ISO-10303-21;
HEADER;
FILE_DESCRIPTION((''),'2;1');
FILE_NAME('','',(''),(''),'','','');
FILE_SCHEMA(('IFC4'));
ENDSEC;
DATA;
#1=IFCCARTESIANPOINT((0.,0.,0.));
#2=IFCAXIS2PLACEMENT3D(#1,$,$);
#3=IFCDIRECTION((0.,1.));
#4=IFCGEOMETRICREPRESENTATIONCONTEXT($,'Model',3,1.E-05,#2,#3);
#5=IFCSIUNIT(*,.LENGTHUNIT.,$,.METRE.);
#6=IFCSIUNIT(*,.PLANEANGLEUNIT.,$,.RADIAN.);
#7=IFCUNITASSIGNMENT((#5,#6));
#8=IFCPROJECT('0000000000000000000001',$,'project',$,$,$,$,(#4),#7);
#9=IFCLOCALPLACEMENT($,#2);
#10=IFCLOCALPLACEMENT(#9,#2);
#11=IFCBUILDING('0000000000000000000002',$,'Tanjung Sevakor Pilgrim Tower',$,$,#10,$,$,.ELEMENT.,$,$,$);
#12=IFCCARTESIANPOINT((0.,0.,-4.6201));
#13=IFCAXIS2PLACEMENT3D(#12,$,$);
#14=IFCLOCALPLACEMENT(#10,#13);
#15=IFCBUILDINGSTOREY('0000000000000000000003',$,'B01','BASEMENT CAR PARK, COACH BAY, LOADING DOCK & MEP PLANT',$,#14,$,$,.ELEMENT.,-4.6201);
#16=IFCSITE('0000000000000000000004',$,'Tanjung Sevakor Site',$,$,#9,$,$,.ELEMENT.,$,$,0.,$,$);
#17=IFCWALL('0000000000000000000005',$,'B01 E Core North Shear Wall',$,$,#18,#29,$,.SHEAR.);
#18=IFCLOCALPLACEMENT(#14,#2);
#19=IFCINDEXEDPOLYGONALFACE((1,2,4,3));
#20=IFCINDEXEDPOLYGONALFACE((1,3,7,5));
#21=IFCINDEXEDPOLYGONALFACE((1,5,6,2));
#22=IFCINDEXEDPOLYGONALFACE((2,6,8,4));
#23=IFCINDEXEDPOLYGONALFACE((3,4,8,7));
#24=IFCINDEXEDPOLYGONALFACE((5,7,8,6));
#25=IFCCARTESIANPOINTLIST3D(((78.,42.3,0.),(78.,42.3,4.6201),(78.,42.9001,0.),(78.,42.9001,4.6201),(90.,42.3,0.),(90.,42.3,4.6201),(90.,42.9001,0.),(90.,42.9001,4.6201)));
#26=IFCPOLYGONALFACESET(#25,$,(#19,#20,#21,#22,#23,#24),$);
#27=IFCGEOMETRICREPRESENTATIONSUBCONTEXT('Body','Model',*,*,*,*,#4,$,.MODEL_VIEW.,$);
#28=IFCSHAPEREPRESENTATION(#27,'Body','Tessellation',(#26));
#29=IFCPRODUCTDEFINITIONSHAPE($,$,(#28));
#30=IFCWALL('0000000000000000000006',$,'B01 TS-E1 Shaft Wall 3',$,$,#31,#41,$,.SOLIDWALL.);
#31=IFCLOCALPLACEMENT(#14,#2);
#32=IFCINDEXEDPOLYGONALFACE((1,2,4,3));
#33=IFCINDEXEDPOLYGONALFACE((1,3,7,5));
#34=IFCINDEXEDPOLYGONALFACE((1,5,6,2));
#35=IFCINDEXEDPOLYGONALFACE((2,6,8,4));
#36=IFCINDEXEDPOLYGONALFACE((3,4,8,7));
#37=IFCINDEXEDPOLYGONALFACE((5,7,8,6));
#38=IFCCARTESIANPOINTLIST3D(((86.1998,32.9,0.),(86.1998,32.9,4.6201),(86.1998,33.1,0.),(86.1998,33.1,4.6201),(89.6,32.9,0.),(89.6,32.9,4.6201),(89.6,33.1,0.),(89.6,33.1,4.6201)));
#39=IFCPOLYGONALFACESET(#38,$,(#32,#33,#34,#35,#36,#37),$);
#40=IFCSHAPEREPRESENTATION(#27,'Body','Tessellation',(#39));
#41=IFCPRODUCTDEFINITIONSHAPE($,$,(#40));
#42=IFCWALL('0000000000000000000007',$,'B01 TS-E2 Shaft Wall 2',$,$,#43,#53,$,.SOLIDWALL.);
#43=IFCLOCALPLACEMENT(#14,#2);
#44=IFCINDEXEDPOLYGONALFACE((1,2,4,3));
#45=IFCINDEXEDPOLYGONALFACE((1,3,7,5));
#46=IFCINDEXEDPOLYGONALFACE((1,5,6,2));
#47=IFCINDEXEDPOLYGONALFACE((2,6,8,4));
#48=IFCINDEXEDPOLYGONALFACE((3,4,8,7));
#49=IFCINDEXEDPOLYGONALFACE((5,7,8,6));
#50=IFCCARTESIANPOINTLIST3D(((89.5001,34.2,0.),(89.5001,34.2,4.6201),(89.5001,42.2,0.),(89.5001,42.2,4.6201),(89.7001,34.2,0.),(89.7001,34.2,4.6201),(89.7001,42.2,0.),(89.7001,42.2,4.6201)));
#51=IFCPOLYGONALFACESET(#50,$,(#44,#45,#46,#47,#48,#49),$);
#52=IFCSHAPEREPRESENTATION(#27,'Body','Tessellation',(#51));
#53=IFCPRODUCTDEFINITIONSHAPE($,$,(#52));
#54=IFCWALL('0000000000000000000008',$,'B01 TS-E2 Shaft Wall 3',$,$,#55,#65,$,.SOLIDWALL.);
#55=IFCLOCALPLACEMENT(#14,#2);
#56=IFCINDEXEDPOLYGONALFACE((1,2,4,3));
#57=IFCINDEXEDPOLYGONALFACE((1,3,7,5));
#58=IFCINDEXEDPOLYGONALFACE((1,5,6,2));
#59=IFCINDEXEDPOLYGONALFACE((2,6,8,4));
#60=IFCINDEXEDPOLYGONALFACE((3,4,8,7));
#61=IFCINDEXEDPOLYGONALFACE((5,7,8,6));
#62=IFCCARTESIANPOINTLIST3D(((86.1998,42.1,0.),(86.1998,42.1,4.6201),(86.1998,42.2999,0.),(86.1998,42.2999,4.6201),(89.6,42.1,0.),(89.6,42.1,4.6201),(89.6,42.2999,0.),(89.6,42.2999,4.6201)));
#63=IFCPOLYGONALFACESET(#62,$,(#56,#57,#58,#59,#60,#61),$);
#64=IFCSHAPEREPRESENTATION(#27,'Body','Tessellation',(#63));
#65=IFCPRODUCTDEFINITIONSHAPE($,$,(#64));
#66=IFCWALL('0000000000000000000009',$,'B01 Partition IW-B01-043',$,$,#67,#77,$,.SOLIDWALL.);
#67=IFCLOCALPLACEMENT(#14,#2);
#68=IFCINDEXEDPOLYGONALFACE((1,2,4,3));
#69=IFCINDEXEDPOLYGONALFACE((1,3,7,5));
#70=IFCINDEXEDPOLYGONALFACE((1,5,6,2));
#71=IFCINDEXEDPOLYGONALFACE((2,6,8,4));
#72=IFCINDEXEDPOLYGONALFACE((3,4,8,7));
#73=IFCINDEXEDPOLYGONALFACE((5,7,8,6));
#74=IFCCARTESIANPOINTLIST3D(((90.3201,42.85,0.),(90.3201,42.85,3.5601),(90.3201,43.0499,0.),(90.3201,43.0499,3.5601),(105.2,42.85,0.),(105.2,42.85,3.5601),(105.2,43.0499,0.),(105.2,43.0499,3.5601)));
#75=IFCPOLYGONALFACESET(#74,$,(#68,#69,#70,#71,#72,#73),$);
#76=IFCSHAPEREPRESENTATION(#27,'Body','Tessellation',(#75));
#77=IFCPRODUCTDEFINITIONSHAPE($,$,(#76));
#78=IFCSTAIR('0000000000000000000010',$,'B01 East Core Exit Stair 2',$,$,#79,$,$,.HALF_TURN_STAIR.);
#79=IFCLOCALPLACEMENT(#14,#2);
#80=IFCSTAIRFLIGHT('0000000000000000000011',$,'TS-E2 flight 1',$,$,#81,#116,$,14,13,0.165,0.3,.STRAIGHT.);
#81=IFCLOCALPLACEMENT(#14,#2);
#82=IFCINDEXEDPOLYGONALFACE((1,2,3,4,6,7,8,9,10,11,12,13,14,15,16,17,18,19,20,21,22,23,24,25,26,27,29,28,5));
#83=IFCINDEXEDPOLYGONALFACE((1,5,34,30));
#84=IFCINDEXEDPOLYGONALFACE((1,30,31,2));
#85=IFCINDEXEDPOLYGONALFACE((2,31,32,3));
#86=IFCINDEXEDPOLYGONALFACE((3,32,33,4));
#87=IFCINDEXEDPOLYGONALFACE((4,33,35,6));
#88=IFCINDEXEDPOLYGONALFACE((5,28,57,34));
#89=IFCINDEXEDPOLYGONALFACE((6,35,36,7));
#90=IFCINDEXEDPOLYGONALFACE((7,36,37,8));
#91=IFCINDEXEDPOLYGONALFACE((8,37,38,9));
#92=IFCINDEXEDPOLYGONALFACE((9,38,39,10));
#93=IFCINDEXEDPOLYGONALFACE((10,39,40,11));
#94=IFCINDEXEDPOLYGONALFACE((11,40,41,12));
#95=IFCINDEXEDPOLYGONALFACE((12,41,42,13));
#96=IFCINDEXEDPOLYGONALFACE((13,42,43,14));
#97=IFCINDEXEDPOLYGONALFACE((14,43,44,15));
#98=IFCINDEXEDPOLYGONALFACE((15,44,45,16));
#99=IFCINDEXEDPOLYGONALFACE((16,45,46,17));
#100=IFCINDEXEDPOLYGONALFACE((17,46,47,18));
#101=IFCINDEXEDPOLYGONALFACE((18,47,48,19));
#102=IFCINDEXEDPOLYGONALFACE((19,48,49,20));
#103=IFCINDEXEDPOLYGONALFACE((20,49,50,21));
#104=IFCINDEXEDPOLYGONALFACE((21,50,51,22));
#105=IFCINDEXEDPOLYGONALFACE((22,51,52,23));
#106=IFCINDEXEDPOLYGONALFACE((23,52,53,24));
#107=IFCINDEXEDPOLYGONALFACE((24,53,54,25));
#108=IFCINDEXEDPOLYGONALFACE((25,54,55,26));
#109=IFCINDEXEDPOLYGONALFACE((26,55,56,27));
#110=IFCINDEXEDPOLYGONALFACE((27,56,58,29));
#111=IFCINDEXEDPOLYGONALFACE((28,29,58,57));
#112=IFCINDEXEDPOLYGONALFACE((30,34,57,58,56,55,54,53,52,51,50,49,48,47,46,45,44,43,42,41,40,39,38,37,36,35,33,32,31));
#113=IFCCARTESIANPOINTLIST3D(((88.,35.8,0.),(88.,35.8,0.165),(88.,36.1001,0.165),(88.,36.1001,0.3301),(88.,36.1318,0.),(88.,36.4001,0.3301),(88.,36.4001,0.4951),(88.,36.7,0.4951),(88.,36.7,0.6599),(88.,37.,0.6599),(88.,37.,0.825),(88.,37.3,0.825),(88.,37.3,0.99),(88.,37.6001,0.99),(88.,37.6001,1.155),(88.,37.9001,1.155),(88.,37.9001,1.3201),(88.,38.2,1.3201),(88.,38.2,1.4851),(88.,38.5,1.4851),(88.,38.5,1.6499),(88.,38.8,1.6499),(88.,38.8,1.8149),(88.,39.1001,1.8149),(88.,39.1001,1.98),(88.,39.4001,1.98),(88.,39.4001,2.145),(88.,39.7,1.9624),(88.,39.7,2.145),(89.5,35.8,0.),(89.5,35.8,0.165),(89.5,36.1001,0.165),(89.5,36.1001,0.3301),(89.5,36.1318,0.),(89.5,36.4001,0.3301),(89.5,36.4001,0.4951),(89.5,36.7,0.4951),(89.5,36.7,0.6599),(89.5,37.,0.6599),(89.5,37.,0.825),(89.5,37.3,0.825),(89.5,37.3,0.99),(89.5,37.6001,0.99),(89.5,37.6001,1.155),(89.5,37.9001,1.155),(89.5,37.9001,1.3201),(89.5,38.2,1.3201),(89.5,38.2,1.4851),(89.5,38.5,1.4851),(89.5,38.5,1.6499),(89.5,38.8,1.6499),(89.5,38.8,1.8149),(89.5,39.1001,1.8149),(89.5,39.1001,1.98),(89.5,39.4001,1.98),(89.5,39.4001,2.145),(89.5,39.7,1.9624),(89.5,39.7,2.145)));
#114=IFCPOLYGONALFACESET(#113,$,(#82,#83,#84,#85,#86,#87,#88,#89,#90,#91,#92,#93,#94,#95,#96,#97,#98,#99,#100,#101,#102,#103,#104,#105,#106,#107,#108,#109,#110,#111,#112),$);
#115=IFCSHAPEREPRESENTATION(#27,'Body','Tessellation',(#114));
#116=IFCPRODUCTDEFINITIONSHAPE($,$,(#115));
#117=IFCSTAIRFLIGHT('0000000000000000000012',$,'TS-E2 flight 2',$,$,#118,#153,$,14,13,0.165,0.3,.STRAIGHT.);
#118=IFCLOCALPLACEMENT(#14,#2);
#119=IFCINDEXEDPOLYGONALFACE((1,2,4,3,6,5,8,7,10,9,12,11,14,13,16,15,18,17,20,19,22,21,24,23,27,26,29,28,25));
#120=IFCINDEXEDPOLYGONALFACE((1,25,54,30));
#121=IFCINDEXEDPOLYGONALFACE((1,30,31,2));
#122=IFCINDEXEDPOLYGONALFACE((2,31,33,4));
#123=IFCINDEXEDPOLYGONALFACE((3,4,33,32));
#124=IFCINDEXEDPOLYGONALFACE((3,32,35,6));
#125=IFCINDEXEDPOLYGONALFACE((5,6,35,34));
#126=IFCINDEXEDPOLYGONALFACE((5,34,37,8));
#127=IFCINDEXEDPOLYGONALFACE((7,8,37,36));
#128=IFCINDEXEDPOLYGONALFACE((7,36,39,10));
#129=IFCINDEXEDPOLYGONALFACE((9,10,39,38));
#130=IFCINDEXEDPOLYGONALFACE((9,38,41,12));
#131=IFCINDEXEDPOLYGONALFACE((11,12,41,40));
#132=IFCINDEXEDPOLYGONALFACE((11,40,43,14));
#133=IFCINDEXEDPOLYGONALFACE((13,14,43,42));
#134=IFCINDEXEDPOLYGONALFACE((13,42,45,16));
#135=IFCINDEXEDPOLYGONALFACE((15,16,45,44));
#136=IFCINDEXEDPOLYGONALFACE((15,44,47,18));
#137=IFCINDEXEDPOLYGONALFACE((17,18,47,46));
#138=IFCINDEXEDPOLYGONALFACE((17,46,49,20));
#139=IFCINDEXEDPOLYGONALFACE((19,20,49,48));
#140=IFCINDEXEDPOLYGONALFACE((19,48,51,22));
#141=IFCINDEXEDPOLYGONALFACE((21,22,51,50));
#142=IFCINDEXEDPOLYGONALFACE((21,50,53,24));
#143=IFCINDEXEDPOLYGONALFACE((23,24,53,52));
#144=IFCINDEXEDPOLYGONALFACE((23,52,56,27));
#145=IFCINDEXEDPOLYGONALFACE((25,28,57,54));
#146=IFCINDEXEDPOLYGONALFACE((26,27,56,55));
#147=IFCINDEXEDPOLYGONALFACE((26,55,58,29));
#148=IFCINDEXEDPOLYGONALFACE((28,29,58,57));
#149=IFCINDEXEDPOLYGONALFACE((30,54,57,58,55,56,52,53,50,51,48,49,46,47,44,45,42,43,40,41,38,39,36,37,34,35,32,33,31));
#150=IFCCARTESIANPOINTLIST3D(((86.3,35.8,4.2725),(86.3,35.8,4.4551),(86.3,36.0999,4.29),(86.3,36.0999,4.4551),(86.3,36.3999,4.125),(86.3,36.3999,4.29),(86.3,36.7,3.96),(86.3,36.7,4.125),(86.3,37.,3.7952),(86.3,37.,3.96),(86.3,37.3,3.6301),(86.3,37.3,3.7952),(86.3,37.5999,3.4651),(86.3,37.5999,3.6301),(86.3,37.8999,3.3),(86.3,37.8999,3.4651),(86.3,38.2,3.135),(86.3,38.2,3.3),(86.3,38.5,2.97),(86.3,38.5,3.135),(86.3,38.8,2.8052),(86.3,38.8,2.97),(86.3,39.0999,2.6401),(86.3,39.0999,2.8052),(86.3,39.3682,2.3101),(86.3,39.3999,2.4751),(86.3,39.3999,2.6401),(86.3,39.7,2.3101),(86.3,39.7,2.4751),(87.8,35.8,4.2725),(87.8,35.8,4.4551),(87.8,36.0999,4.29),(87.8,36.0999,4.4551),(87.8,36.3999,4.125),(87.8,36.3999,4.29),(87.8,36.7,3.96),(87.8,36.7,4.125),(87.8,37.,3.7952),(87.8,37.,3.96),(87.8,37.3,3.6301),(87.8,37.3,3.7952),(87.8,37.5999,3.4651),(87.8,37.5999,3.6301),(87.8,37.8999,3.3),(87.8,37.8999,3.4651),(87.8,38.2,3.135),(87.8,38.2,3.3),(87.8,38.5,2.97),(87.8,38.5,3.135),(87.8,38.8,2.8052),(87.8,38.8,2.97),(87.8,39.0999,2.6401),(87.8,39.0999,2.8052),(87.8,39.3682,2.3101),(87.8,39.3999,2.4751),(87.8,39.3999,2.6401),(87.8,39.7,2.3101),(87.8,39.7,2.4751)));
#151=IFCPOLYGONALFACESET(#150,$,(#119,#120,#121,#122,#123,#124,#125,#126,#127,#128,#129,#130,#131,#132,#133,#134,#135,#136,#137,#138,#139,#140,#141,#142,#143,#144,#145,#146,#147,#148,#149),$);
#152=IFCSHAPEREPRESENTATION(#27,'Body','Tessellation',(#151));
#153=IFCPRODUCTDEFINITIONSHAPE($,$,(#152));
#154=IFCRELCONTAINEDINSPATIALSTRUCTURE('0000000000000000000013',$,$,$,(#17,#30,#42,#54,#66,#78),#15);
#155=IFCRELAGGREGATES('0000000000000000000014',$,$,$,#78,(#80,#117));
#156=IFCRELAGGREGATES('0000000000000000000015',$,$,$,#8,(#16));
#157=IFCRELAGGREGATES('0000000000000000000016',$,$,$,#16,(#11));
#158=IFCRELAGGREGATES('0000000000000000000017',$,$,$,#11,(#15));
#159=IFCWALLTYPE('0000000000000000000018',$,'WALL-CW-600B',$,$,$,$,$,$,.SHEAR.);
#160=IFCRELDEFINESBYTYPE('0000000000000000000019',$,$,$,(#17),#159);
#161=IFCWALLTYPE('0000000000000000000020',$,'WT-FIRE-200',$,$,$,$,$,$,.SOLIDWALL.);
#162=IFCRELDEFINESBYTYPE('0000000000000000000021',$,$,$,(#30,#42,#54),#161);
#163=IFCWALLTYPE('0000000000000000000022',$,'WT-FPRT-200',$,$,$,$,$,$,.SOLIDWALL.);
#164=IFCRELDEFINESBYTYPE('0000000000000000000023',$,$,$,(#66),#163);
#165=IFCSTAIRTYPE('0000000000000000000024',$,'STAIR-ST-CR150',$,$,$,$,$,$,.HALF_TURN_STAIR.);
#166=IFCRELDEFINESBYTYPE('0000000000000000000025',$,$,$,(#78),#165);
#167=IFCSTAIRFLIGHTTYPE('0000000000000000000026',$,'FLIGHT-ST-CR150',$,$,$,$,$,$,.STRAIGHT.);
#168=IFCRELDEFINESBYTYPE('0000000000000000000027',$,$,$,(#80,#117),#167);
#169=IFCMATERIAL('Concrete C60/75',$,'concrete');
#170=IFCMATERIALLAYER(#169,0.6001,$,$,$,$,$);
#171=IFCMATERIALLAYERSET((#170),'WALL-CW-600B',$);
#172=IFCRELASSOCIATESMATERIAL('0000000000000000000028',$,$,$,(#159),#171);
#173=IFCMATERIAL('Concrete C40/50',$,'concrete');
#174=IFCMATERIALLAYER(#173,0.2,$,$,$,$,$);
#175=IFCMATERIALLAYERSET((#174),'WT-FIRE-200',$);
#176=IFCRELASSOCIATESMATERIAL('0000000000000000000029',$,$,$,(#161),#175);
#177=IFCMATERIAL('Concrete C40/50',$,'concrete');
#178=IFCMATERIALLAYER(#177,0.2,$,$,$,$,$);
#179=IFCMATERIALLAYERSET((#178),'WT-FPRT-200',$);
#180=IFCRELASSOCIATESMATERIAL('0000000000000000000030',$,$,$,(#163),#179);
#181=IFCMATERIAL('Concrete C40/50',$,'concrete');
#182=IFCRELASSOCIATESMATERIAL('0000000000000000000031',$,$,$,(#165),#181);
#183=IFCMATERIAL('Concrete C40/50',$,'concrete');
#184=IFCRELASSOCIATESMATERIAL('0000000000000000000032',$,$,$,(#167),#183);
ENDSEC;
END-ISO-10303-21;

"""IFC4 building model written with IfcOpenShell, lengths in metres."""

from ifc_helpers import new_model, si_unit, direction, frame, frame_2d, origin, place, context, subcontext, project, spatial, polyline, rectangle, outline, extrude, material, layer, layer_set, type_object, element, aggregate, save


model = new_model("IFC4")

# Units and contexts
model_context = context("Model", 3, precision=1e-05, world=origin(), true_north=direction((0.0, 1.0)))
body_context = subcontext(model_context, "Body", "Model", "MODEL_VIEW")
ifc_project = project(units=[si_unit("LENGTHUNIT", "METRE"), si_unit("PLANEANGLEUNIT", "RADIAN")], contexts=[model_context])

# Site, building, storey
site_placement = place(None, origin())
site = spatial("IfcSite", under=ifc_project, at=site_placement, Name="Tanjung Sevakor Site", CompositionType="ELEMENT", RefElevation=0.0)
building_placement = place(site_placement, origin())
building = spatial("IfcBuilding", under=site, at=building_placement, Name="Tanjung Sevakor Pilgrim Tower", CompositionType="ELEMENT")
storey_placement = place(building_placement, frame((0.0, 0.0, -4.6201)))
storey = spatial("IfcBuildingStorey", under=building, at=storey_placement, Name="B01", Description="BASEMENT CAR PARK, COACH BAY, LOADING DOCK & MEP PLANT", CompositionType="ELEMENT", Elevation=-4.6201)

# Walls
ifc_material_1 = material(Name="Concrete C60/75", Category="concrete")
ifc_layer_1 = layer(ifc_material_1, 0.6001)
ifc_layer_set_1 = layer_set([ifc_layer_1], Name="WALL-CW-600B")
wall_type_1 = type_object("IfcWallType", Name="WALL-CW-600B", PredefinedType="SHEAR", material=ifc_layer_set_1)
wall_1_placement = place(storey_placement, frame((90.0, 42.6001, 0.0), z_axis=(0.0, 0.0, 1.0), x_axis=(-1.0, 0.0, 0.0)))
element("IfcWall", 1, at=wall_1_placement, inside=storey, type_object=wall_type_1, Name="B01 E Core North Shear Wall", PredefinedType="SHEAR", context=body_context, shape_type="SweptSolid", body=[
    extrude(rectangle(XDim=12.0, YDim=0.6001, at=frame_2d((6.0, 0.0))), origin(), (0.0, 0.0, 1.0), 4.6201),
])
ifc_material_2 = material(Name="Concrete C40/50", Category="concrete")
ifc_layer_2 = layer(ifc_material_2, 0.2)
ifc_layer_set_2 = layer_set([ifc_layer_2], Name="WT-FIRE-200")
wall_type_2 = type_object("IfcWallType", Name="WT-FIRE-200", PredefinedType="SOLIDWALL", material=ifc_layer_set_2)
wall_2_placement = place(storey_placement, frame((89.6001, 33.0, 0.0), z_axis=(0.0, 0.0, 1.0), x_axis=(-1.0, 0.0, 0.0)))
element("IfcWall", 2, at=wall_2_placement, inside=storey, type_object=wall_type_2, Name="B01 TS-E1 Shaft Wall 3", PredefinedType="SOLIDWALL", context=body_context, shape_type="SweptSolid", body=[
    extrude(rectangle(XDim=3.4001, YDim=0.2, at=frame_2d((1.7002, 0.0))), origin(), (0.0, 0.0, 1.0), 4.6201),
])
wall_3_placement = place(storey_placement, frame((89.6001, 34.2, 0.0), z_axis=(0.0, 0.0, 1.0), x_axis=(0.0, 1.0, 0.0)))
element("IfcWall", 3, at=wall_3_placement, inside=storey, type_object=wall_type_2, Name="B01 TS-E2 Shaft Wall 2", PredefinedType="SOLIDWALL", context=body_context, shape_type="SweptSolid", body=[
    extrude(rectangle(XDim=8.0, YDim=0.2, at=frame_2d((4.0, 0.0))), origin(), (0.0, 0.0, 1.0), 4.6201),
])
wall_4_placement = place(storey_placement, frame((89.6001, 42.2, 0.0), z_axis=(0.0, 0.0, 1.0), x_axis=(-1.0, 0.0, 0.0)))
element("IfcWall", 4, at=wall_4_placement, inside=storey, type_object=wall_type_2, Name="B01 TS-E2 Shaft Wall 3", PredefinedType="SOLIDWALL", context=body_context, shape_type="SweptSolid", body=[
    extrude(rectangle(XDim=3.4001, YDim=0.2, at=frame_2d((1.7002, 0.0))), origin(), (0.0, 0.0, 1.0), 4.6201),
])
ifc_material_3 = material(Name="Concrete C40/50", Category="concrete")
ifc_layer_3 = layer(ifc_material_3, 0.2)
ifc_layer_set_3 = layer_set([ifc_layer_3], Name="WT-FPRT-200")
wall_type_3 = type_object("IfcWallType", Name="WT-FPRT-200", PredefinedType="SOLIDWALL", material=ifc_layer_set_3)
wall_5_placement = place(storey_placement, frame((90.3201, 42.95, 0.0), z_axis=(0.0, 0.0, 1.0), x_axis=(1.0, 0.0, 0.0)))
element("IfcWall", 5, at=wall_5_placement, inside=storey, type_object=wall_type_3, Name="B01 Partition IW-B01-043", PredefinedType="SOLIDWALL", context=body_context, shape_type="SweptSolid", body=[
    extrude(rectangle(XDim=14.8799, YDim=0.2, at=frame_2d((7.4399, 0.0))), origin(), (0.0, 0.0, 1.0), 3.5601),
])

# Stair, stair flights
ifc_material_4 = material(Name="Concrete C40/50", Category="concrete")
stair_type = type_object("IfcStairType", Name="STAIR-ST-CR150", PredefinedType="HALF_TURN_STAIR", material=ifc_material_4)
stair_placement = place(storey_placement, origin())
stair = element("IfcStair", 6, at=stair_placement, inside=storey, type_object=stair_type, Name="B01 East Core Exit Stair 2", PredefinedType="HALF_TURN_STAIR")
ifc_material_5 = material(Name="Concrete C40/50", Category="concrete")
stair_flight_type = type_object("IfcStairFlightType", Name="FLIGHT-ST-CR150", PredefinedType="STRAIGHT", material=ifc_material_5)
stair_flight_1_placement = place(storey_placement, frame((88.75, 35.8, 0.0), z_axis=(0.0, 0.0, 1.0), x_axis=(0.0, 1.0, 0.0)))
stair_flight_1 = element("IfcStairFlight", 7, at=stair_flight_1_placement, type_object=stair_flight_type, Name="TS-E2 flight 1", NumberOfRisers=14, NumberOfTreads=13, PredefinedType="STRAIGHT", RiserHeight=0.165, TreadLength=0.3, context=body_context, shape_type="SweptSolid", body=[
    extrude(outline(polyline([(0.0, 0.0), (0.0, 0.165), (0.3, 0.165), (0.3, 0.3301), (0.6001, 0.3301), (0.6001, 0.4951), (0.8999, 0.4951), (0.8999, 0.6599), (1.2, 0.6599), (1.2, 0.825), (1.5, 0.825), (1.5, 0.99), (1.8, 0.99), (1.8, 1.155), (2.1001, 1.155), (2.1001, 1.3201), (2.3999, 1.3201), (2.3999, 1.4851), (2.7, 1.4851), (2.7, 1.6499), (3.0, 1.6499), (3.0, 1.8149), (3.3, 1.8149), (3.3, 1.98), (3.6001, 1.98), (3.6001, 2.145), (3.8999, 2.145), (3.8999, 2.3101), (3.8999, 1.9624), (0.3318, 0.0), (0.0, 0.0)])), frame((0.0, 0.75, 0.0), z_axis=(0.0, -1.0, 0.0), x_axis=(1.0, 0.0, 0.0)), (0.0, 0.0, 1.0), 1.5),
])
stair_flight_2_placement = place(storey_placement, frame((87.05, 39.7, 2.3101), z_axis=(0.0, 0.0, 1.0), x_axis=(0.0, -1.0, 0.0)))
stair_flight_2 = element("IfcStairFlight", 8, at=stair_flight_2_placement, type_object=stair_flight_type, Name="TS-E2 flight 2", NumberOfRisers=14, NumberOfTreads=13, PredefinedType="STRAIGHT", RiserHeight=0.165, TreadLength=0.3, context=body_context, shape_type="SweptSolid", body=[
    extrude(outline(polyline([(0.0, 0.0), (0.0, 0.165), (0.3, 0.165), (0.3, 0.3301), (0.6001, 0.3301), (0.6001, 0.4951), (0.8999, 0.4951), (0.8999, 0.6599), (1.2, 0.6599), (1.2, 0.825), (1.5, 0.825), (1.5, 0.99), (1.8, 0.99), (1.8, 1.155), (2.1001, 1.155), (2.1001, 1.3201), (2.3999, 1.3201), (2.3999, 1.4851), (2.7, 1.4851), (2.7, 1.6499), (3.0, 1.6499), (3.0, 1.8149), (3.3, 1.8149), (3.3, 1.98), (3.6001, 1.98), (3.6001, 2.145), (3.8999, 2.145), (3.8999, 2.3101), (3.8999, 1.9624), (0.3318, 0.0), (0.0, 0.0)])), frame((0.0, 0.75, 0.0), z_axis=(0.0, -1.0, 0.0), x_axis=(1.0, 0.0, 0.0)), (0.0, 0.0, 1.0), 1.5),
])
aggregate(stair, [stair_flight_1, stair_flight_2])

save(model, "model.ifc")
